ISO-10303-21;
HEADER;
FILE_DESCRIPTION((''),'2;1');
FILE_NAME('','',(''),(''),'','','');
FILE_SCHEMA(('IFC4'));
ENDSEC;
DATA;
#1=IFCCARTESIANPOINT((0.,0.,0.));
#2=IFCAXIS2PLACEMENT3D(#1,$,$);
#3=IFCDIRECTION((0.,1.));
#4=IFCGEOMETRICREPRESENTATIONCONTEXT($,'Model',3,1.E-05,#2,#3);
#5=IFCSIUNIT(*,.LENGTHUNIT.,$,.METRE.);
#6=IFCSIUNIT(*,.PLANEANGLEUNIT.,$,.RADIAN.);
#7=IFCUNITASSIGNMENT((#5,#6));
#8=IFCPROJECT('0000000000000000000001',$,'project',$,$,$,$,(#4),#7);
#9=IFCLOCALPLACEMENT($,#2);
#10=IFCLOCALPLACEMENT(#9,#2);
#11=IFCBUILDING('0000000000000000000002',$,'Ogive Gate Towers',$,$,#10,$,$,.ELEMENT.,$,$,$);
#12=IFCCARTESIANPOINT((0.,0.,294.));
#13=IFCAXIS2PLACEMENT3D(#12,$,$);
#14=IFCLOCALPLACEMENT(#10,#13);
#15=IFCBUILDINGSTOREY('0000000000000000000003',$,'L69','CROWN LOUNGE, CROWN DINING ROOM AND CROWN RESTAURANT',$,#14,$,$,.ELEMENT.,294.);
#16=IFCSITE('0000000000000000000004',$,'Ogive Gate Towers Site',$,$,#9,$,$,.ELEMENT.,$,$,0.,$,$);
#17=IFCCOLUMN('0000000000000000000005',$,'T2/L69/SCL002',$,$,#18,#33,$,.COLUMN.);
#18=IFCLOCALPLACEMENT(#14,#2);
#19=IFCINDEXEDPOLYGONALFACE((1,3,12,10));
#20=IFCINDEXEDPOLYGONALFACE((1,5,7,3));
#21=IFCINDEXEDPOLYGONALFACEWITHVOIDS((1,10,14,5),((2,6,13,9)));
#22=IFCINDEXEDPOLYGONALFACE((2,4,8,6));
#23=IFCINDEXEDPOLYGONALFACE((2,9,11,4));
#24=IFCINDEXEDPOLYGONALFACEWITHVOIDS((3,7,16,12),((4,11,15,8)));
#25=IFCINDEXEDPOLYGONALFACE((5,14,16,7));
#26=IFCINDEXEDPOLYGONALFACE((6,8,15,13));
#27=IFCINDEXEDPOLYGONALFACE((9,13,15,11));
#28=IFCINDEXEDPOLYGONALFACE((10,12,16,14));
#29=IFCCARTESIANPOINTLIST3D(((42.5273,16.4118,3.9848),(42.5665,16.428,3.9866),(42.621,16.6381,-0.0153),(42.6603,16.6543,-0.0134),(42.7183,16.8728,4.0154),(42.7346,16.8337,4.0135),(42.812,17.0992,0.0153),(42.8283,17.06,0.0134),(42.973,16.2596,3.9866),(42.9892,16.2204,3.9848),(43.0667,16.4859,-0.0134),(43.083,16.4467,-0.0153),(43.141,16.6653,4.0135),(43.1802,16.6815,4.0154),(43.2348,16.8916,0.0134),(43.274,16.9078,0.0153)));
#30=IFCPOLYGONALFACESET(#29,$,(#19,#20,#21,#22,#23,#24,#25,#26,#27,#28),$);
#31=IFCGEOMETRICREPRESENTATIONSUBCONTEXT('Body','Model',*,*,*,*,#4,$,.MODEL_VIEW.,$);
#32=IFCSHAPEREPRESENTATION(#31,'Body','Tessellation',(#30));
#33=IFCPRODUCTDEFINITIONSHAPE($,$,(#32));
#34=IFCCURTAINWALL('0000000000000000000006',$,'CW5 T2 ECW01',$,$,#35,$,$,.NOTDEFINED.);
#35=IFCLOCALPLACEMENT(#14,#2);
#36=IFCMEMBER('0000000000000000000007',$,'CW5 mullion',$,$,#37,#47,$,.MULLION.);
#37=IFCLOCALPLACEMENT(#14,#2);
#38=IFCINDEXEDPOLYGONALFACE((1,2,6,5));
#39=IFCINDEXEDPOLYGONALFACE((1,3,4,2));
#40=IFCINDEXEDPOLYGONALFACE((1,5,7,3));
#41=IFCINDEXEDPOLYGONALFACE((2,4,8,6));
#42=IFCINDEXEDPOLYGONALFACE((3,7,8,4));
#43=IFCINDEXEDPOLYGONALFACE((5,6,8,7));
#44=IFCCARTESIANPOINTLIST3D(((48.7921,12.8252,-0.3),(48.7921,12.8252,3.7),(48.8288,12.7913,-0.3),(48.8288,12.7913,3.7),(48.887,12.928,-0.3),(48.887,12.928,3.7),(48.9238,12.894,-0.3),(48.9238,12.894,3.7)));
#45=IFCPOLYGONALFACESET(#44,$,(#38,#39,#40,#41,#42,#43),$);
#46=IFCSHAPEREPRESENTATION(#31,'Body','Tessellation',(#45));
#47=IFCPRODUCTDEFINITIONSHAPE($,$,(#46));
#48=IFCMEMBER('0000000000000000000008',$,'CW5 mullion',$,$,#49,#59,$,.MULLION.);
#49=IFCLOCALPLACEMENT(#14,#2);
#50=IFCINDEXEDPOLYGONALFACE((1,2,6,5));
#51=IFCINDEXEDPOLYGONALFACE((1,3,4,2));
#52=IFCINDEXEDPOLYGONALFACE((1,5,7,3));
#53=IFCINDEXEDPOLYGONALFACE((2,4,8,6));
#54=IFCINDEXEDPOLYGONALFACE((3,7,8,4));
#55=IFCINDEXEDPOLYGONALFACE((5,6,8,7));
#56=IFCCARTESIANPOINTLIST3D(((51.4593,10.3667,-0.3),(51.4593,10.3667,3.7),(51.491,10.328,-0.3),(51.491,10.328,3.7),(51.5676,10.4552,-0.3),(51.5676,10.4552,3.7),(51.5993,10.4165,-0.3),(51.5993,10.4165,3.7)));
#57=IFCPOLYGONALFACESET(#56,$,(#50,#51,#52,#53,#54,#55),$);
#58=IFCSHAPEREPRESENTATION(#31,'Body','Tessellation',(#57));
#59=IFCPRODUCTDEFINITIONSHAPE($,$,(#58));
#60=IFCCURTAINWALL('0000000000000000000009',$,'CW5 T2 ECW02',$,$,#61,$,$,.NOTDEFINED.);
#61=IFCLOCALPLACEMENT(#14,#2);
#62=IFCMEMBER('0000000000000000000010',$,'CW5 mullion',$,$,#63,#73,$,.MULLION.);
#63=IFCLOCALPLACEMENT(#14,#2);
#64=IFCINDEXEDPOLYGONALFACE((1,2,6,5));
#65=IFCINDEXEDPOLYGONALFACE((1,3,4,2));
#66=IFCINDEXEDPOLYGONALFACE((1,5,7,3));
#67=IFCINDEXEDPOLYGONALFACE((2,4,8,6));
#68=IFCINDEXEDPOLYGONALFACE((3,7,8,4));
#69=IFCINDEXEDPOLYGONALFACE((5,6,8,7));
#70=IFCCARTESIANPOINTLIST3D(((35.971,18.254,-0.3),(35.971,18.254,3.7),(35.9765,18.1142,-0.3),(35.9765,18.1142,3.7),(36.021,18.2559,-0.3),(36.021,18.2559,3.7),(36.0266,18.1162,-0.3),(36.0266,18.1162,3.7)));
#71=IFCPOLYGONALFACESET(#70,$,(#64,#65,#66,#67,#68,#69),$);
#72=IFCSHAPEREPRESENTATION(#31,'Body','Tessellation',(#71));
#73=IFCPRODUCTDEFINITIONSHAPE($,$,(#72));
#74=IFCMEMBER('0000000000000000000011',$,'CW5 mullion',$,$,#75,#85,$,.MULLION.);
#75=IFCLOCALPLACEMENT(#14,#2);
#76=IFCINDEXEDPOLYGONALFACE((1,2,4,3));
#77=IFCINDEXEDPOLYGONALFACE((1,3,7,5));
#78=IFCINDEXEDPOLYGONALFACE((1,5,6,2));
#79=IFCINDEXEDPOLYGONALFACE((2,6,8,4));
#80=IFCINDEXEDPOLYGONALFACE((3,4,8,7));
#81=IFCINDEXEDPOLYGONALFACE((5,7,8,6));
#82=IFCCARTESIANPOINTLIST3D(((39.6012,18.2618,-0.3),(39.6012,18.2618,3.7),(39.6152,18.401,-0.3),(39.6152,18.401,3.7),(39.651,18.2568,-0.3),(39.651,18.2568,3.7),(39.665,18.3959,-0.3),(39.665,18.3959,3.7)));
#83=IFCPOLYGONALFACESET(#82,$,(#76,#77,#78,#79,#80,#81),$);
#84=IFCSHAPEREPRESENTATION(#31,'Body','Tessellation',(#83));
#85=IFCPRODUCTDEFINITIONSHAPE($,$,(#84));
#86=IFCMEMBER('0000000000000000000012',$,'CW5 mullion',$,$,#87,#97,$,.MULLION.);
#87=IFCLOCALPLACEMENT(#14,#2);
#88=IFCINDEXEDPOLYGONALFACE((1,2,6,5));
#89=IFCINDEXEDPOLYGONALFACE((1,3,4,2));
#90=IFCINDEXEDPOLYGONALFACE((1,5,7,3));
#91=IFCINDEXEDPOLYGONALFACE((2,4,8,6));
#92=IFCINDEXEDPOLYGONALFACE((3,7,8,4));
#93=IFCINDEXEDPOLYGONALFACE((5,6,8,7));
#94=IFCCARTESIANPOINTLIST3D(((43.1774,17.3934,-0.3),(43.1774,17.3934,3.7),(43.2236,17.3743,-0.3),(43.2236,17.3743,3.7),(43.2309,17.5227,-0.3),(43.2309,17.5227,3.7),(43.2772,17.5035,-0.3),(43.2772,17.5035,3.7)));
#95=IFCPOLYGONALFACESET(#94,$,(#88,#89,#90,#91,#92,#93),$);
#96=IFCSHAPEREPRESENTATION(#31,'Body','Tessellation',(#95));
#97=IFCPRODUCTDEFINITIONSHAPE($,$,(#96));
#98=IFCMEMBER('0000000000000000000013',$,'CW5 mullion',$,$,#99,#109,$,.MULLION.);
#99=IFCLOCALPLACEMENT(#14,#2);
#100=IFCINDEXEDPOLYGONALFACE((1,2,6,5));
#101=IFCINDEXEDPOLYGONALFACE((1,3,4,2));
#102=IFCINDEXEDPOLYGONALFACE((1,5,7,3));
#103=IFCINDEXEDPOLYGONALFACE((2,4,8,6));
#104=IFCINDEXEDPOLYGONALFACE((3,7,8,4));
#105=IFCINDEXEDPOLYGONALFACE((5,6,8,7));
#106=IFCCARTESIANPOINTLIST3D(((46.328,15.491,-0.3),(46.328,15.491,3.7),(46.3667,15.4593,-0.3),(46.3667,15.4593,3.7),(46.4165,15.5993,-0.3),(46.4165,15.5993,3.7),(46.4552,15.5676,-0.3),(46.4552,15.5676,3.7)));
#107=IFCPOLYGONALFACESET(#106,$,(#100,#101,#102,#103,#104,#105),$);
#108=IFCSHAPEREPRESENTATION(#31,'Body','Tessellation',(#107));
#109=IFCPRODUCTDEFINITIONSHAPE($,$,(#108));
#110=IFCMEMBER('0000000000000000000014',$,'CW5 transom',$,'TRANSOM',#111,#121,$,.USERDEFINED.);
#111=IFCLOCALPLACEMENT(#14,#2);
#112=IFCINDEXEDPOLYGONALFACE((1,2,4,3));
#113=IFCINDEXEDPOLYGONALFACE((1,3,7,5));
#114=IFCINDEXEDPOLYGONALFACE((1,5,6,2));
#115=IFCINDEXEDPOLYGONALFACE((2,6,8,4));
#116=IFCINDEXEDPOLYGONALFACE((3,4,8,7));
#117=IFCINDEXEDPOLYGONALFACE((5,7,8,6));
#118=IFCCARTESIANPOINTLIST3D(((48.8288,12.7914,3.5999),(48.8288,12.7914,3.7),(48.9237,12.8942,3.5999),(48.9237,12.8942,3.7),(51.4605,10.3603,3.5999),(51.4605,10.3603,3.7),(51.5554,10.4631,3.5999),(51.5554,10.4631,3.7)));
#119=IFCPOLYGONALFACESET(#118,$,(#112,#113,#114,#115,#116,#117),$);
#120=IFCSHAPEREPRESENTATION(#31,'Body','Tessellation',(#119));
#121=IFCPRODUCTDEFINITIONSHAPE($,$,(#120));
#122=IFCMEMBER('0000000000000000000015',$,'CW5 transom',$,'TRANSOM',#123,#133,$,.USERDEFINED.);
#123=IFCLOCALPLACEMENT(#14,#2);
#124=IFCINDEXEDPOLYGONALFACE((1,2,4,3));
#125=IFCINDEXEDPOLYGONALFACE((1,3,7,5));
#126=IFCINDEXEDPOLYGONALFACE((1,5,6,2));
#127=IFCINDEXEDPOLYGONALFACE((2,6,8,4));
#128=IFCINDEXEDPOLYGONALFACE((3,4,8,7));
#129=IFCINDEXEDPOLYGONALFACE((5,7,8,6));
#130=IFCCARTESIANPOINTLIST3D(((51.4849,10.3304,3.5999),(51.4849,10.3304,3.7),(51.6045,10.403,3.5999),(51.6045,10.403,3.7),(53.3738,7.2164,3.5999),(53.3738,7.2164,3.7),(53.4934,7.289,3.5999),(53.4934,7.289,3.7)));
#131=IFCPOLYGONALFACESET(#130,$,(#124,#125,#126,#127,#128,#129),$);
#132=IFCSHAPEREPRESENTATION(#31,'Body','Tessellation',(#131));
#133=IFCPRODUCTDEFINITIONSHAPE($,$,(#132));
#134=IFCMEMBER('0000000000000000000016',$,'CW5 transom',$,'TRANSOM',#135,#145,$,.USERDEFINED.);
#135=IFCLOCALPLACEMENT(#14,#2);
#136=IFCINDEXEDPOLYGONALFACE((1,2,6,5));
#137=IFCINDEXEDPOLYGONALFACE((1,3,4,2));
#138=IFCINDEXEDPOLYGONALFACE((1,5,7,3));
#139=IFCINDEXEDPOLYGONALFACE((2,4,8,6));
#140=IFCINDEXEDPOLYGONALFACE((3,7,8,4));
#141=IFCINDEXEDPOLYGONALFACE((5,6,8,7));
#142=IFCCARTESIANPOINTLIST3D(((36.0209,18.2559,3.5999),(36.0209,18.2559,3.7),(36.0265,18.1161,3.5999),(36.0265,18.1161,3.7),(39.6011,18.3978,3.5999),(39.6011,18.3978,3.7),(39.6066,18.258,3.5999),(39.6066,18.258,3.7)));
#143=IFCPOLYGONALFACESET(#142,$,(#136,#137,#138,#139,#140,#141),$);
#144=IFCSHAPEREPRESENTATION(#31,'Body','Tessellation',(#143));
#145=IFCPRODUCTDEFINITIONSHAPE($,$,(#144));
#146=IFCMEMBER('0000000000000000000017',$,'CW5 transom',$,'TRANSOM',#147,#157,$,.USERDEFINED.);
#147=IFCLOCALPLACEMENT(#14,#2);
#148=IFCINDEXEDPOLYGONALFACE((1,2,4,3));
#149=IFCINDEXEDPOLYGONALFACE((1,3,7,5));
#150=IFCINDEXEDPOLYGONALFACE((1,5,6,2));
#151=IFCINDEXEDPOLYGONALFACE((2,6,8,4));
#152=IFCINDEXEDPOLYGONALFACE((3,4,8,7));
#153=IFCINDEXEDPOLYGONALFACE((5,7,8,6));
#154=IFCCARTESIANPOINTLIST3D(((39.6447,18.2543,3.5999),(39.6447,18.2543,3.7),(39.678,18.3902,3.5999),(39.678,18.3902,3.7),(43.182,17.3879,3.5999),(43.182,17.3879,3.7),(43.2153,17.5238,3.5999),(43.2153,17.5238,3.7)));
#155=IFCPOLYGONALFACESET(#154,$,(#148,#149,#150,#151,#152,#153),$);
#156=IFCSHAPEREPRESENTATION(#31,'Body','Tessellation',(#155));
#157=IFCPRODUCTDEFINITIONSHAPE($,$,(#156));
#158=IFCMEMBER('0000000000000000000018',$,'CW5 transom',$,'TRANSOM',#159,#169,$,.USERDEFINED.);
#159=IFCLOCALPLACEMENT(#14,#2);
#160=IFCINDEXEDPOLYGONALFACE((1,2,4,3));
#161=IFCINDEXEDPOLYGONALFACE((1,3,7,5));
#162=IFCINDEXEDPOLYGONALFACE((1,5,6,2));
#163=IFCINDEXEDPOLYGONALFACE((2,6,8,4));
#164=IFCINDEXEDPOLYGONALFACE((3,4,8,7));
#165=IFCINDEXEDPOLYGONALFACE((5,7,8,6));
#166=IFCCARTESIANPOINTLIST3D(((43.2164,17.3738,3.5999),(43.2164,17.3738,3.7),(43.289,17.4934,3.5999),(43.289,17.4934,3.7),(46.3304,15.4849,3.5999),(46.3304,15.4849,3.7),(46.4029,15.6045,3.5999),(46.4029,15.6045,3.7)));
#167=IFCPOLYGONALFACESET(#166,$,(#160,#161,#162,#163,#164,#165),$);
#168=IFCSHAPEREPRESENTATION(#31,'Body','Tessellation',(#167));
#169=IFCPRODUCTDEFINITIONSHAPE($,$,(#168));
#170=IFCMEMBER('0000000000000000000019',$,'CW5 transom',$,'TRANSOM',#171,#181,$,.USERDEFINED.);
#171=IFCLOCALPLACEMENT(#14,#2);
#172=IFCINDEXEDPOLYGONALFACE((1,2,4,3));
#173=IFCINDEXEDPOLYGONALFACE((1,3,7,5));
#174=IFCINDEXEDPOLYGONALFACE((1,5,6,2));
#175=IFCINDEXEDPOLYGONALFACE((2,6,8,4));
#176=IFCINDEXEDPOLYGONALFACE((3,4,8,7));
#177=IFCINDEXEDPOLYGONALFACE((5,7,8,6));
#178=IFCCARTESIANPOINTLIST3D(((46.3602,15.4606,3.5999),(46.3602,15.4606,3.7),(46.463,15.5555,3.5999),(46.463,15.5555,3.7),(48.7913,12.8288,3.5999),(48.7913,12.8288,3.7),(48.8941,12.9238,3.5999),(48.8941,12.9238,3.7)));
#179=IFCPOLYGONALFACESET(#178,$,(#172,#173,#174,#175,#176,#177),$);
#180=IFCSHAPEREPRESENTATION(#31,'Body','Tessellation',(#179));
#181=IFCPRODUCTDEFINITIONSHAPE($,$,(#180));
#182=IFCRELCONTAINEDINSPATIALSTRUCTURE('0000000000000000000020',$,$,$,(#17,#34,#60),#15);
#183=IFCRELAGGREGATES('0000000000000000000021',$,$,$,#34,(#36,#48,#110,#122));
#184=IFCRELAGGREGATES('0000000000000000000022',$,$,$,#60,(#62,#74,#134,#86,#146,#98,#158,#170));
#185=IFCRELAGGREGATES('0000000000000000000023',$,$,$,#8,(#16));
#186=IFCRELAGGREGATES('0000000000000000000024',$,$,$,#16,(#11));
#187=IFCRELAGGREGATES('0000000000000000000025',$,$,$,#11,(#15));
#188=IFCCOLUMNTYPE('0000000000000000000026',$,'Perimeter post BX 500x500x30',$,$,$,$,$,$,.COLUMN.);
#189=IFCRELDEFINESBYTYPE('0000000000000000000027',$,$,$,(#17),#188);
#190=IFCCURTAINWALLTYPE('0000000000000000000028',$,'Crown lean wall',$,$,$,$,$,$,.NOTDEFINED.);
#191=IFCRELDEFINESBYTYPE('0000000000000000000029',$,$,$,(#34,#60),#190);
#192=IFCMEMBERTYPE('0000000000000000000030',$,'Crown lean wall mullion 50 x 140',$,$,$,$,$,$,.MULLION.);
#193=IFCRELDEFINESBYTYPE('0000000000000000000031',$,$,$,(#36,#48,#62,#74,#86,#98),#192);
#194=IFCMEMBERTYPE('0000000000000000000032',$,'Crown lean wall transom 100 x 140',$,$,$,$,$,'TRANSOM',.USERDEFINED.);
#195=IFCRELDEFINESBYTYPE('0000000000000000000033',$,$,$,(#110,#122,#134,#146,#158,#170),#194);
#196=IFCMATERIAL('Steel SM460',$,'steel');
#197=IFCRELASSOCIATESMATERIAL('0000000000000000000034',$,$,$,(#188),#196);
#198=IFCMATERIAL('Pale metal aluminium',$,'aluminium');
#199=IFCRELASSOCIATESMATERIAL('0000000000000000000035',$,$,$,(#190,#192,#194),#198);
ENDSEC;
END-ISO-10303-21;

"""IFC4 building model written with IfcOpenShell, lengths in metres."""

from ifc_helpers import new_model, si_unit, direction, frame, origin, origin_2d, place, context, subcontext, project, spatial, rectangle, hollow_rectangle, extrude, material, material_profile, profile_set, type_object, element, aggregate, save


model = new_model("IFC4")

# Units and contexts
model_context = context("Model", 3, precision=1e-05, world=origin(), true_north=direction((0.0, 1.0)))
body_context = subcontext(model_context, "Body", "Model", "MODEL_VIEW")
ifc_project = project(units=[si_unit("LENGTHUNIT", "METRE"), si_unit("PLANEANGLEUNIT", "RADIAN")], contexts=[model_context])

# Site, building, storey
site_placement = place(None, origin())
site = spatial("IfcSite", under=ifc_project, at=site_placement, Name="Ogive Gate Towers Site", CompositionType="ELEMENT", RefElevation=0.0)
building_placement = place(site_placement, origin())
building = spatial("IfcBuilding", under=site, at=building_placement, Name="Ogive Gate Towers", CompositionType="ELEMENT")
storey_placement = place(building_placement, frame((0.0, 0.0, 294.0)))
storey = spatial("IfcBuildingStorey", under=building, at=storey_placement, Name="L69", Description="CROWN LOUNGE, CROWN DINING ROOM AND CROWN RESTAURANT", CompositionType="ELEMENT", Elevation=294.0)

# Column
ifc_material_1 = material(Name="Steel SM460", Category="steel")
ifc_material_profile_1 = material_profile(ifc_material_1, hollow_rectangle(XDim=0.5, YDim=0.5, WallThickness=0.03, at=origin_2d()), Name="BX 500x500x30")
ifc_profile_set_1 = profile_set([ifc_material_profile_1], Name="Steel SM460")
column_type = type_object("IfcColumnType", Name="Perimeter post BX 500x500x30", PredefinedType="COLUMN", material=ifc_profile_set_1)
column_placement = place(storey_placement, frame((42.9475, 16.7729, 0.0), z_axis=(-0.023394, -0.056474, 0.99813), x_axis=(0.923871, -0.382704, 0.0)))
element("IfcColumn", 1, at=column_placement, inside=storey, type_object=column_type, Name="T2/L69/SCL002", PredefinedType="COLUMN", context=body_context, shape_type="SweptSolid", body=[
    extrude(hollow_rectangle(XDim=0.5, YDim=0.5, WallThickness=0.03, at=origin_2d()), origin(), (0.0, 0.0, 1.0), 4.0076),
])

# Curtain walls, members
ifc_material_2 = material(Name="Pale metal aluminium", Category="aluminium")
curtain_wall_type = type_object("IfcCurtainWallType", Name="Crown lean wall", PredefinedType="NOTDEFINED", material=ifc_material_2)
curtain_wall_1_placement = place(storey_placement, origin())
curtain_wall_1 = element("IfcCurtainWall", 2, at=curtain_wall_1_placement, inside=storey, type_object=curtain_wall_type, Name="CW5 T2 ECW01", PredefinedType="NOTDEFINED")
ifc_material_profile_2 = material_profile(ifc_material_2, rectangle(XDim=0.1399, YDim=0.05, at=origin_2d()), Name="50 x 140 aluminium box")
ifc_profile_set_2 = profile_set([ifc_material_profile_2], Name="Pale metal aluminium")
member_type_1 = type_object("IfcMemberType", Name="Crown lean wall mullion 50 x 140", PredefinedType="MULLION", material=ifc_profile_set_2)
member_1_placement = place(storey_placement, frame((48.8579, 12.8596, -0.3), z_axis=(0.0, 0.0, 1.0), x_axis=(-0.678557, -0.734548, 0.0)))
member_1 = element("IfcMember", 3, at=member_1_placement, type_object=member_type_1, Name="CW5 mullion", PredefinedType="MULLION", context=body_context, shape_type="SweptSolid", body=[
    extrude(rectangle(XDim=0.1399, YDim=0.05, at=origin_2d()), origin(), (0.0, 0.0, 1.0), 4.0),
])
member_2_placement = place(storey_placement, frame((51.5293, 10.3916, -0.3), z_axis=(0.0, 0.0, 1.0), x_axis=(-0.774348, -0.632759, 0.0)))
member_2 = element("IfcMember", 4, at=member_2_placement, type_object=member_type_1, Name="CW5 mullion", PredefinedType="MULLION", context=body_context, shape_type="SweptSolid", body=[
    extrude(rectangle(XDim=0.1399, YDim=0.05, at=origin_2d()), origin(), (0.0, 0.0, 1.0), 4.0),
])
curtain_wall_2_placement = place(storey_placement, origin())
curtain_wall_2 = element("IfcCurtainWall", 5, at=curtain_wall_2_placement, inside=storey, type_object=curtain_wall_type, Name="CW5 T2 ECW02", PredefinedType="NOTDEFINED")
member_3_placement = place(storey_placement, frame((35.9988, 18.1851, -0.3), z_axis=(0.0, 0.0, 1.0), x_axis=(0.039609, -0.999215, 0.0)))
member_3 = element("IfcMember", 6, at=member_3_placement, type_object=member_type_1, Name="CW5 mullion", PredefinedType="MULLION", context=body_context, shape_type="SweptSolid", body=[
    extrude(rectangle(XDim=0.1399, YDim=0.05, at=origin_2d()), origin(), (0.0, 0.0, 1.0), 4.0),
])
member_4_placement = place(storey_placement, frame((39.6331, 18.3289, -0.3), z_axis=(0.0, 0.0, 1.0), x_axis=(-0.100101, -0.994977, 0.0)))
member_4 = element("IfcMember", 7, at=member_4_placement, type_object=member_type_1, Name="CW5 mullion", PredefinedType="MULLION", context=body_context, shape_type="SweptSolid", body=[
    extrude(rectangle(XDim=0.1399, YDim=0.05, at=origin_2d()), origin(), (0.0, 0.0, 1.0), 4.0),
])
member_5_placement = place(storey_placement, frame((43.2273, 17.4485, -0.3), z_axis=(0.0, 0.0, 1.0), x_axis=(-0.382683, -0.92388, 0.0)))
member_5 = element("IfcMember", 8, at=member_5_placement, type_object=member_type_1, Name="CW5 mullion", PredefinedType="MULLION", context=body_context, shape_type="SweptSolid", body=[
    extrude(rectangle(XDim=0.1399, YDim=0.05, at=origin_2d()), origin(), (0.0, 0.0, 1.0), 4.0),
])
member_6_placement = place(storey_placement, frame((46.3916, 15.5293, -0.3), z_axis=(0.0, 0.0, 1.0), x_axis=(-0.632759, -0.774348, 0.0)))
member_6 = element("IfcMember", 9, at=member_6_placement, type_object=member_type_1, Name="CW5 mullion", PredefinedType="MULLION", context=body_context, shape_type="SweptSolid", body=[
    extrude(rectangle(XDim=0.1399, YDim=0.05, at=origin_2d()), origin(), (0.0, 0.0, 1.0), 4.0),
])

# Members
ifc_material_profile_3 = material_profile(ifc_material_2, rectangle(XDim=0.1399, YDim=0.1001, at=origin_2d()), Name="100 x 140 aluminium box")
ifc_profile_set_3 = profile_set([ifc_material_profile_3], Name="Pale metal aluminium")
member_type_2 = type_object("IfcMemberType", Name="Crown lean wall transom 100 x 140", ElementType="TRANSOM", PredefinedType="USERDEFINED", material=ifc_profile_set_3)
member_7_placement = place(storey_placement, frame((48.8762, 12.8428, 3.6499), z_axis=(0.734558, -0.678546, 0.0), x_axis=(0.678546, 0.734558, 0.0)))
member_7 = element("IfcMember", 10, at=member_7_placement, type_object=member_type_2, Name="CW5 transom", ObjectType="TRANSOM", PredefinedType="USERDEFINED", context=body_context, shape_type="SweptSolid", body=[
    extrude(rectangle(XDim=0.1399, YDim=0.1001, at=origin_2d()), origin(), (0.0, 0.0, 1.0), 3.5828),
])
member_8_placement = place(storey_placement, frame((51.5447, 10.3667, 3.6499), z_axis=(0.51863, -0.854999, 0.0), x_axis=(0.854999, 0.51863, 0.0)))
member_8 = element("IfcMember", 11, at=member_8_placement, type_object=member_type_2, Name="CW5 transom", ObjectType="TRANSOM", PredefinedType="USERDEFINED", context=body_context, shape_type="SweptSolid", body=[
    extrude(rectangle(XDim=0.1399, YDim=0.1001, at=origin_2d()), origin(), (0.0, 0.0, 1.0), 3.6421),
])
member_9_placement = place(storey_placement, frame((36.0237, 18.186, 3.6499), z_axis=(0.999216, 0.03959, 0.0), x_axis=(-0.03959, 0.999216, 0.0)))
member_9 = element("IfcMember", 12, at=member_9_placement, type_object=member_type_2, Name="CW5 transom", ObjectType="TRANSOM", PredefinedType="USERDEFINED", context=body_context, shape_type="SweptSolid", body=[
    extrude(rectangle(XDim=0.1399, YDim=0.1001, at=origin_2d()), origin(), (0.0, 0.0, 1.0), 3.583),
])
member_10_placement = place(storey_placement, frame((39.6614, 18.3223, 3.6499), z_axis=(0.971287, -0.237911, 0.0), x_axis=(0.237911, 0.971287, 0.0)))
member_10 = element("IfcMember", 13, at=member_10_placement, type_object=member_type_2, Name="CW5 transom", ObjectType="TRANSOM", PredefinedType="USERDEFINED", context=body_context, shape_type="SweptSolid", body=[
    extrude(rectangle(XDim=0.1399, YDim=0.1001, at=origin_2d()), origin(), (0.0, 0.0, 1.0), 3.6418),
])
member_11_placement = place(storey_placement, frame((43.2527, 17.4336, 3.6499), z_axis=(0.854999, -0.51863, 0.0), x_axis=(0.51863, 0.854999, 0.0)))
member_11 = element("IfcMember", 14, at=member_11_placement, type_object=member_type_2, Name="CW5 transom", ObjectType="TRANSOM", PredefinedType="USERDEFINED", context=body_context, shape_type="SweptSolid", body=[
    extrude(rectangle(XDim=0.1399, YDim=0.1001, at=origin_2d()), origin(), (0.0, 0.0, 1.0), 3.6421),
])
member_12_placement = place(storey_placement, frame((46.4116, 15.5081, 3.6499), z_axis=(0.678546, -0.734558, 0.0), x_axis=(0.734558, 0.678546, 0.0)))
member_12 = element("IfcMember", 15, at=member_12_placement, type_object=member_type_2, Name="CW5 transom", ObjectType="TRANSOM", PredefinedType="USERDEFINED", context=body_context, shape_type="SweptSolid", body=[
    extrude(rectangle(XDim=0.1399, YDim=0.1001, at=origin_2d()), origin(), (0.0, 0.0, 1.0), 3.5828),
])

aggregate(curtain_wall_1, [member_1, member_2, member_7, member_8])
aggregate(curtain_wall_2, [member_3, member_4, member_9, member_5, member_10, member_6, member_11, member_12])

save(model, "model.ifc")
